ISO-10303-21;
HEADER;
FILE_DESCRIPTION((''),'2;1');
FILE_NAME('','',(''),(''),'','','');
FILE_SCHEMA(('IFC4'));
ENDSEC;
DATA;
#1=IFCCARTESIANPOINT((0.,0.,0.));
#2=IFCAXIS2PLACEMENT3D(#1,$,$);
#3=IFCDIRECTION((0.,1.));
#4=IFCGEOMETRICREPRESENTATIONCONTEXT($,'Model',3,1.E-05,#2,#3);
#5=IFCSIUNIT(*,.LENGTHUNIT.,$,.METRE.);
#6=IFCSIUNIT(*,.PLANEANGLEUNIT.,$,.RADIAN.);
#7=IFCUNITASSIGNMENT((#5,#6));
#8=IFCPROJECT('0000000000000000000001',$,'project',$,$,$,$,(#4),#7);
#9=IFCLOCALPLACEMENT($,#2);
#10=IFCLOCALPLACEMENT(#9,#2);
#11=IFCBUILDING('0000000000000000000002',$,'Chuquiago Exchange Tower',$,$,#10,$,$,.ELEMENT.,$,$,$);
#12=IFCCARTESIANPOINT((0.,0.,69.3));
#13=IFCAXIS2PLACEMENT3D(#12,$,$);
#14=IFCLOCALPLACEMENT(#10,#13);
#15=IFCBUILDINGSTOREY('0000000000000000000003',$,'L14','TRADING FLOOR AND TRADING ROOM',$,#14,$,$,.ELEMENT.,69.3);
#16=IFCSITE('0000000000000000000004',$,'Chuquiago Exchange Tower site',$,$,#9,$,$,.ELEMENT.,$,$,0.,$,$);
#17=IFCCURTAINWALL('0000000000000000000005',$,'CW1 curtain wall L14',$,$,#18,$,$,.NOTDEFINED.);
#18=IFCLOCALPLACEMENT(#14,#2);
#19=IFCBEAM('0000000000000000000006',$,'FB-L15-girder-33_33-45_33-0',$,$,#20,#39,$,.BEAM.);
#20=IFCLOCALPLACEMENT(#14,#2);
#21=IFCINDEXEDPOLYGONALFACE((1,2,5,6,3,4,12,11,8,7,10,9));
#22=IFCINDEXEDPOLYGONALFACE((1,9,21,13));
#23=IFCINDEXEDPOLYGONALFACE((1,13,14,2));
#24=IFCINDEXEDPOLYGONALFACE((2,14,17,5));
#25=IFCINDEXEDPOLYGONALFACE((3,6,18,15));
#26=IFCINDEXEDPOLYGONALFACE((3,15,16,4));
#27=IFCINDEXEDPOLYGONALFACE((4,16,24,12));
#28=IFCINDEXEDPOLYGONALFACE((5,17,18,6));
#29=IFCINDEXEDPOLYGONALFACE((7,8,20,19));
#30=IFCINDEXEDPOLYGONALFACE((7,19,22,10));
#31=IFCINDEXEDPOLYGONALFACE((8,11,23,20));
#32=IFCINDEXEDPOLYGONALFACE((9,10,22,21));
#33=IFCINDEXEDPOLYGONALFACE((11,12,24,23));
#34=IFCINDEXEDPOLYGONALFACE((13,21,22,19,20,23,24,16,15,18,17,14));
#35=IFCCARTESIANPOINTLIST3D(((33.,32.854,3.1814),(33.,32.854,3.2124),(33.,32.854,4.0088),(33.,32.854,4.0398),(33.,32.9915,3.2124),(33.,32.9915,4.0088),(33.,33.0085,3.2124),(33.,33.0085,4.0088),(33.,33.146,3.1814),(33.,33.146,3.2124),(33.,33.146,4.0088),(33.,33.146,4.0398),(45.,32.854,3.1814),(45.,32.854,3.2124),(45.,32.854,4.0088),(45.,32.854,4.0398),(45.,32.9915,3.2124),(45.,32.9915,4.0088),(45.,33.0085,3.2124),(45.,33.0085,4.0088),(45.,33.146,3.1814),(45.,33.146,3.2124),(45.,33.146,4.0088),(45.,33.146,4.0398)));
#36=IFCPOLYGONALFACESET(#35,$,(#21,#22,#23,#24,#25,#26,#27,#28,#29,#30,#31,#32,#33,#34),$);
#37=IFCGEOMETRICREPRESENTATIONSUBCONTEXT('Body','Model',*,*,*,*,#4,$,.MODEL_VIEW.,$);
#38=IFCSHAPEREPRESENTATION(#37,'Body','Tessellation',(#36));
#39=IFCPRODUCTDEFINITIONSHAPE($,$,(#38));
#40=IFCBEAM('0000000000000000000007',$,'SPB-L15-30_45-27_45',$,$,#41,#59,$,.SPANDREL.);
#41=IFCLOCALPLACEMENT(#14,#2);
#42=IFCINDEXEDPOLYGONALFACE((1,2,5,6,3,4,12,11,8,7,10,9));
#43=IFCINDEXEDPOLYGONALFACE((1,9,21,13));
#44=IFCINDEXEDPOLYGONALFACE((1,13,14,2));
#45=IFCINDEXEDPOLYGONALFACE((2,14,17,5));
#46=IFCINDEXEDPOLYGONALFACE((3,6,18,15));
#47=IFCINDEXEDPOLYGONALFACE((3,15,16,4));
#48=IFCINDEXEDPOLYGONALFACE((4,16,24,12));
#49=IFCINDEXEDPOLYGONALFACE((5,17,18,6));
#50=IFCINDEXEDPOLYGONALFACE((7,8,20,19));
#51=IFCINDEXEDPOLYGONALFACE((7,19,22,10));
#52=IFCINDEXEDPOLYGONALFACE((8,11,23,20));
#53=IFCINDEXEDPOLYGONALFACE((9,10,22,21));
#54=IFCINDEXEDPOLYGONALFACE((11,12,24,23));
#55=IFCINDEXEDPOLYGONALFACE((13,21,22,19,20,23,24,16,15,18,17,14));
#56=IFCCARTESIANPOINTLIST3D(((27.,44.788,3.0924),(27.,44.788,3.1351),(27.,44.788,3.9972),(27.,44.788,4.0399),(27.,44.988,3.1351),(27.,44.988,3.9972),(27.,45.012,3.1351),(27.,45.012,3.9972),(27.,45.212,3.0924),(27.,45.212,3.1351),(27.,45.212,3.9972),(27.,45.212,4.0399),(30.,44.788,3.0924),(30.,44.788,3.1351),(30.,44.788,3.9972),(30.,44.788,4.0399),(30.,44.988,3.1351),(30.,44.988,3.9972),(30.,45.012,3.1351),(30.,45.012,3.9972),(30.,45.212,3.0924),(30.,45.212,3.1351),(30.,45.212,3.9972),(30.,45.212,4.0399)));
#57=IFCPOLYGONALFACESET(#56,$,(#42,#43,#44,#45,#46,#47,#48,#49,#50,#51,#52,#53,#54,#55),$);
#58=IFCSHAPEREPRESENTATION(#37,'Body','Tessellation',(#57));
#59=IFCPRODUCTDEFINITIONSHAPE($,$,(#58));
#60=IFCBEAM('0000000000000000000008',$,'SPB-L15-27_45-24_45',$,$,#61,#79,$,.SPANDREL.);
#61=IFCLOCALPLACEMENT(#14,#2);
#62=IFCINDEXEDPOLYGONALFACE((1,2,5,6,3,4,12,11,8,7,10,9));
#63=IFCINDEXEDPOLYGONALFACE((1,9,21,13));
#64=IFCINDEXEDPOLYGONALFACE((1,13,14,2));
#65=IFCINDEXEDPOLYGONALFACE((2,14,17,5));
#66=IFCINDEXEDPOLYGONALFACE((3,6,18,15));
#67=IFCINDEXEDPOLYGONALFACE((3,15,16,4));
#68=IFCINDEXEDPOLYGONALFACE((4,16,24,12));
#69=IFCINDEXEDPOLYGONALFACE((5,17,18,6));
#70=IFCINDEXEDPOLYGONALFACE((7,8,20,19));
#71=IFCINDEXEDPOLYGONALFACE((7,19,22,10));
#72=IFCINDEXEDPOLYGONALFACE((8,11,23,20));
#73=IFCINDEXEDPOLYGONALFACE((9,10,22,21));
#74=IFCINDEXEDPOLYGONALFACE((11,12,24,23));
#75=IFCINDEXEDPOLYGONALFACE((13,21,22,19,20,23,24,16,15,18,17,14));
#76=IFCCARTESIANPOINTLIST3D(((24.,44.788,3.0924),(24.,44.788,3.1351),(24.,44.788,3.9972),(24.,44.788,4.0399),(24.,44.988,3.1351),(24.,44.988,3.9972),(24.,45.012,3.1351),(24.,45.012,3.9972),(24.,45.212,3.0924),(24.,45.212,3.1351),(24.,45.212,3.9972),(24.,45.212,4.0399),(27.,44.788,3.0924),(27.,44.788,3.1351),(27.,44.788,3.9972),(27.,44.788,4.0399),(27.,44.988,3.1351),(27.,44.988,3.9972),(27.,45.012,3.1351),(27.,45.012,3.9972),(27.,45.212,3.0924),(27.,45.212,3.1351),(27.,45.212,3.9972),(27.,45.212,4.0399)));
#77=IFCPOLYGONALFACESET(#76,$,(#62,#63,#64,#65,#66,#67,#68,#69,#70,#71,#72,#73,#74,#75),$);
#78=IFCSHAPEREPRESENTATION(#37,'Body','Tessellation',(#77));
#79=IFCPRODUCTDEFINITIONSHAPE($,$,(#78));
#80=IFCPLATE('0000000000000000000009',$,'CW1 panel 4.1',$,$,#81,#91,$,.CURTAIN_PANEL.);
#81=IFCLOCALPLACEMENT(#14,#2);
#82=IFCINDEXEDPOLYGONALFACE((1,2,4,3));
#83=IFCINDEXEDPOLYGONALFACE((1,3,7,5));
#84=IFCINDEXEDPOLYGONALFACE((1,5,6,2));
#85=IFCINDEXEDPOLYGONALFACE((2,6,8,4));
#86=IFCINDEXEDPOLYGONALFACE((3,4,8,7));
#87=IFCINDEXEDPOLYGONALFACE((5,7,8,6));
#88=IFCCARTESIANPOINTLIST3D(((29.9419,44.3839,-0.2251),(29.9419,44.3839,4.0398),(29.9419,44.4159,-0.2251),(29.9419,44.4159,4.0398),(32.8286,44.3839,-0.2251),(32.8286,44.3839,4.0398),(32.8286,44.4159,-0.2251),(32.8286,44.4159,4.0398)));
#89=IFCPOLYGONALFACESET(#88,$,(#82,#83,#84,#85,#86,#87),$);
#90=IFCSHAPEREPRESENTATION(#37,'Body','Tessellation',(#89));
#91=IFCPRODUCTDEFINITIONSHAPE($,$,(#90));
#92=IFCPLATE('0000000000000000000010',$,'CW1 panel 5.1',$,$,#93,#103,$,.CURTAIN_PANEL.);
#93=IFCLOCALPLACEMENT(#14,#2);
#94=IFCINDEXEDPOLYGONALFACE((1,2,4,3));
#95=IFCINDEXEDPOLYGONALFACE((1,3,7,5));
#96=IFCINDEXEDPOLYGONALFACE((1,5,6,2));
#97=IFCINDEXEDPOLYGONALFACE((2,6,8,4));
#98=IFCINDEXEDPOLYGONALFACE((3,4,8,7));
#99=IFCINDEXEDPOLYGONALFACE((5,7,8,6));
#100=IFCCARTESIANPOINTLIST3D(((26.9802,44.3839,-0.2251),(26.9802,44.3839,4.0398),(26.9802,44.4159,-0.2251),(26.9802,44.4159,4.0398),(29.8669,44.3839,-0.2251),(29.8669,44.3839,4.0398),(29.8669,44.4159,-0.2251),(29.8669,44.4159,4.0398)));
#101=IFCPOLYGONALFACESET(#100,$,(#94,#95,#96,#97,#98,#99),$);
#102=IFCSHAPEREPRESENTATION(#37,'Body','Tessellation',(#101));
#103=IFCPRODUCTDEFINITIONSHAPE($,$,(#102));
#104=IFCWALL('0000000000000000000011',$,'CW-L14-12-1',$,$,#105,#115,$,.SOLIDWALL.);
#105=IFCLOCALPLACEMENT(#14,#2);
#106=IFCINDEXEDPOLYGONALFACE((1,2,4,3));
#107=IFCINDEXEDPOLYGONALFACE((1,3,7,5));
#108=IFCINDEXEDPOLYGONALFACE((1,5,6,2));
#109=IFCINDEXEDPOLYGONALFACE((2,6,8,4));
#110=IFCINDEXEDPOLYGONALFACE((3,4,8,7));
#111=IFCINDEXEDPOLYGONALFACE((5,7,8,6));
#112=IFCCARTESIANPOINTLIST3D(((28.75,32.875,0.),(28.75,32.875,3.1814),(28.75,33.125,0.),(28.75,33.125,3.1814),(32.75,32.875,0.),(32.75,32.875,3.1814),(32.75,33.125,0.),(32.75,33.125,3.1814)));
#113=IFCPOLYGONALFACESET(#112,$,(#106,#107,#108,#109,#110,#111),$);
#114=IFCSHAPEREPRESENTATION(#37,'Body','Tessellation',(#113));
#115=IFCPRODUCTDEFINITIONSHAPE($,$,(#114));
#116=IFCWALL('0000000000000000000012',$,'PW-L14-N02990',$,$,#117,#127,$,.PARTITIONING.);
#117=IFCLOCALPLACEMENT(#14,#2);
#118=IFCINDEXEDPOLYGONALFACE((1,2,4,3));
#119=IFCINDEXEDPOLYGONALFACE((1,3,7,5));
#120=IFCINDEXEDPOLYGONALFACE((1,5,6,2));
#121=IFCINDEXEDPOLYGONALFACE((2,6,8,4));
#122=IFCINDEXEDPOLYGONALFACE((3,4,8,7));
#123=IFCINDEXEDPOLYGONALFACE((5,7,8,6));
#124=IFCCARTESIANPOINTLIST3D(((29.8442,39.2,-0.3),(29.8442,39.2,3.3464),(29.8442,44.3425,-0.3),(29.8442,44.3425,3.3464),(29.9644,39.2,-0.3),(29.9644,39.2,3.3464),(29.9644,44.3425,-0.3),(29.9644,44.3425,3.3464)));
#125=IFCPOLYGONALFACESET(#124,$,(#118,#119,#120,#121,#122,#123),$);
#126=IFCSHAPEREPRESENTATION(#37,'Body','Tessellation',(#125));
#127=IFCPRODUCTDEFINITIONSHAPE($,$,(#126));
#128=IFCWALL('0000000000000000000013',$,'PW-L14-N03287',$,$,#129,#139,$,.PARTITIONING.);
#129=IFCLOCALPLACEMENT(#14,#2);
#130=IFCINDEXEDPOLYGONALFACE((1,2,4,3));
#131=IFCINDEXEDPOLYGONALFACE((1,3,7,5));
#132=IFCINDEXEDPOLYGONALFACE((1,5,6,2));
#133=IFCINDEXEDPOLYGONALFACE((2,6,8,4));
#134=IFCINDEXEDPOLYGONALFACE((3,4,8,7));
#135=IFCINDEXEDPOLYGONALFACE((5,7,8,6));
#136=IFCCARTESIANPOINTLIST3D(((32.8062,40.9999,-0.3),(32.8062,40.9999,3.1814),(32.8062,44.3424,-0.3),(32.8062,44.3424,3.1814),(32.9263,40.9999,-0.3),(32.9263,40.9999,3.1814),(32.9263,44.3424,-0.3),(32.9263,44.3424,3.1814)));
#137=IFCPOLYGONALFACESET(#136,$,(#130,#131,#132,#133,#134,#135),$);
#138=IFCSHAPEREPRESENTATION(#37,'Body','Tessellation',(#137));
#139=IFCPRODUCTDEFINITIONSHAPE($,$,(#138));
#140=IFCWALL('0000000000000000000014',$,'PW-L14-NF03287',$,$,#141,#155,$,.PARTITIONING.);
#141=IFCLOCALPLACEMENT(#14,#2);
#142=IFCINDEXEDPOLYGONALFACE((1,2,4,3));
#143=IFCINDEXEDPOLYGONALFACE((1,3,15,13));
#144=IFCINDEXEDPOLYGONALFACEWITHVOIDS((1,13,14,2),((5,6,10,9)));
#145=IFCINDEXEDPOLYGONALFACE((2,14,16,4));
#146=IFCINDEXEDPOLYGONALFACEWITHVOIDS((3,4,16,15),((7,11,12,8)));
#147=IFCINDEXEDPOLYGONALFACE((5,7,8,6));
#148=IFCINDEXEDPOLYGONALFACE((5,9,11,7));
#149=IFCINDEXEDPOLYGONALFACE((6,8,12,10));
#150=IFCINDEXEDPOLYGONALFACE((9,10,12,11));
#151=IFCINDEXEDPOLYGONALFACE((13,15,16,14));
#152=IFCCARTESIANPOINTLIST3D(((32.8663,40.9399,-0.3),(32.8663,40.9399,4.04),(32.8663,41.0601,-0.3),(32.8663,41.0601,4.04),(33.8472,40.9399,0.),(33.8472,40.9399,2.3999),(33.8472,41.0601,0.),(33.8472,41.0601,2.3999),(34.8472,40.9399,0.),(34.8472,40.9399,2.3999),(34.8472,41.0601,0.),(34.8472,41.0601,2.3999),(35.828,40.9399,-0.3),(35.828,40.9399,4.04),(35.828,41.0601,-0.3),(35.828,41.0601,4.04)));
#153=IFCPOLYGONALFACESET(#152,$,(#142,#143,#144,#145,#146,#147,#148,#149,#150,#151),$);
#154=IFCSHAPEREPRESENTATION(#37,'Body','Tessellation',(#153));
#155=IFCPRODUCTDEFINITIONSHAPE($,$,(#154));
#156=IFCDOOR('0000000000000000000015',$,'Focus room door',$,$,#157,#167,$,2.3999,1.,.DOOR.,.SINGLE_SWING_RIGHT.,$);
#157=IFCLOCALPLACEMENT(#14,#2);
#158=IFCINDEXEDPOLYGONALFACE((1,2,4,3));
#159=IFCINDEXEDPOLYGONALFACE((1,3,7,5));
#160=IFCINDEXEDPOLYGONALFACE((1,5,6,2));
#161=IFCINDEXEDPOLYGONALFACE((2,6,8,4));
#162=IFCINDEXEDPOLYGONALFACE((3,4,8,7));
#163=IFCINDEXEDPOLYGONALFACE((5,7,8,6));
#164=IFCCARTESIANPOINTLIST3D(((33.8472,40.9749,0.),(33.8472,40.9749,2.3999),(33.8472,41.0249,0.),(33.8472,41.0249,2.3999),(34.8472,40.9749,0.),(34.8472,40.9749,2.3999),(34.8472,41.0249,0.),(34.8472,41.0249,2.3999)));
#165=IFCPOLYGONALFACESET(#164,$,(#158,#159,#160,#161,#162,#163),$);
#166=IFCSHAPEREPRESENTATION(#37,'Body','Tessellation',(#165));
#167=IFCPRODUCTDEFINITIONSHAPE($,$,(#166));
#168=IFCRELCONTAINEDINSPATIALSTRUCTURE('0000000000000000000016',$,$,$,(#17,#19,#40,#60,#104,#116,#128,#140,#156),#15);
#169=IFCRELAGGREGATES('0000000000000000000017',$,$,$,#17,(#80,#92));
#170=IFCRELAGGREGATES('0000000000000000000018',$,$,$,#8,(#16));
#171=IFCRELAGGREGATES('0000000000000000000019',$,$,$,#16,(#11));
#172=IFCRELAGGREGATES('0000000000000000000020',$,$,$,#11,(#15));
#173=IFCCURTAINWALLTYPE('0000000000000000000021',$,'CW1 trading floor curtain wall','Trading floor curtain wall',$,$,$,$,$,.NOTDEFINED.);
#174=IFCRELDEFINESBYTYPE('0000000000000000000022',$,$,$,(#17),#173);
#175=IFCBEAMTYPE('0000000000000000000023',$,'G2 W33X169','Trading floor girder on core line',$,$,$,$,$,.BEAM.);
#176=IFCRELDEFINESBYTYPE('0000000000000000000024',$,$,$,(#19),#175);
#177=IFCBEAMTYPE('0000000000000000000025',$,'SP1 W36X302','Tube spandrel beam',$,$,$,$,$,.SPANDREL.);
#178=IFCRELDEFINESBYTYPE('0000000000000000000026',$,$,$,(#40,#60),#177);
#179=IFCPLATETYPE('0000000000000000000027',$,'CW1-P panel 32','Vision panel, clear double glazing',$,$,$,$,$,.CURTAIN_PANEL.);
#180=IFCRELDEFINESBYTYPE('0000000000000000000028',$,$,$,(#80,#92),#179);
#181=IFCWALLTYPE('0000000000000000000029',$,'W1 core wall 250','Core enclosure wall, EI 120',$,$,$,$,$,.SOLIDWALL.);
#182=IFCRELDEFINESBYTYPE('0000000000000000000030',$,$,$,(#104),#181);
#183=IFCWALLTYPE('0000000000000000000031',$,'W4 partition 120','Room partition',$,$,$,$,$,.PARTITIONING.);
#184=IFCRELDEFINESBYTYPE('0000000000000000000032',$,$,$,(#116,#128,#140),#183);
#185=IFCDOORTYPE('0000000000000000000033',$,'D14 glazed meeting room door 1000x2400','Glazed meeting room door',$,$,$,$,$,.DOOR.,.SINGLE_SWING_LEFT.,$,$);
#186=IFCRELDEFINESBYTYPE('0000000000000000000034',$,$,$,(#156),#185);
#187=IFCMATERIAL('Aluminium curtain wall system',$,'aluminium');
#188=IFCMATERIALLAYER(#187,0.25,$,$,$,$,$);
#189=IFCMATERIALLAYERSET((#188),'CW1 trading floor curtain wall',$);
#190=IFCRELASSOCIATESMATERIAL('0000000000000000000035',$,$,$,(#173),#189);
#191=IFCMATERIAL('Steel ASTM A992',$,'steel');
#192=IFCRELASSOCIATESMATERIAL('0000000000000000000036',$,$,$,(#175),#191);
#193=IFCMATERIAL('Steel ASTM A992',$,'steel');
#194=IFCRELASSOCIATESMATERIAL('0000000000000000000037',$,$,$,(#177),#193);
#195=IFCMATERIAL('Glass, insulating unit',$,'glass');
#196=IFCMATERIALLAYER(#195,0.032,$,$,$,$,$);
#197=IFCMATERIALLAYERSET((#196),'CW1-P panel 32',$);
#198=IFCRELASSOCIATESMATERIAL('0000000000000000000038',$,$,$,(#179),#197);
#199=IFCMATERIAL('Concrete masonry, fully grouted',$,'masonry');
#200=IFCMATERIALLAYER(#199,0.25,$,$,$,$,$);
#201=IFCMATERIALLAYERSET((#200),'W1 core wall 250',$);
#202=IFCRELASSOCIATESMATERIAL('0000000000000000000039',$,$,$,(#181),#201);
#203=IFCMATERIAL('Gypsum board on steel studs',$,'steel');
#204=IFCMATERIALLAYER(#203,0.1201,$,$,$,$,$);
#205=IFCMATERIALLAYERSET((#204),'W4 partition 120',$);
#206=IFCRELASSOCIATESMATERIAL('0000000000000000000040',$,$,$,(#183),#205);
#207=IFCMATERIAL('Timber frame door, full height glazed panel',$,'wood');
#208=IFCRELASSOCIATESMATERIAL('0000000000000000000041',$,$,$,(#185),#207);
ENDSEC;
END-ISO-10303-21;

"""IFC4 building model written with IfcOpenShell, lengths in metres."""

from ifc_helpers import new_model, si_unit, direction, frame, frame_2d, origin, origin_2d, place, context, subcontext, project, spatial, rectangle, i_section, extrude, material, layer, layer_set, material_profile, profile_set, type_object, element, fill, aggregate, save


model = new_model("IFC4")

# Units and contexts
model_context = context("Model", 3, precision=1e-05, world=origin(), true_north=direction((0.0, 1.0)))
body_context = subcontext(model_context, "Body", "Model", "MODEL_VIEW")
ifc_project = project(units=[si_unit("LENGTHUNIT", "METRE"), si_unit("PLANEANGLEUNIT", "RADIAN")], contexts=[model_context])

# Site, building, storey
site_placement = place(None, origin())
site = spatial("IfcSite", under=ifc_project, at=site_placement, Name="Chuquiago Exchange Tower site", CompositionType="ELEMENT", RefElevation=0.0)
building_placement = place(site_placement, origin())
building = spatial("IfcBuilding", under=site, at=building_placement, Name="Chuquiago Exchange Tower", CompositionType="ELEMENT")
storey_placement = place(building_placement, frame((0.0, 0.0, 69.3)))
storey = spatial("IfcBuildingStorey", under=building, at=storey_placement, Name="L14", Description="TRADING FLOOR AND TRADING ROOM", CompositionType="ELEMENT", Elevation=69.3)

# Curtain wall
ifc_material_1 = material(Name="Aluminium curtain wall system", Category="aluminium")
ifc_layer_1 = layer(ifc_material_1, 0.25)
ifc_layer_set_1 = layer_set([ifc_layer_1], Name="CW1 trading floor curtain wall")
curtain_wall_type = type_object("IfcCurtainWallType", Name="CW1 trading floor curtain wall", Description="Trading floor curtain wall", PredefinedType="NOTDEFINED", material=ifc_layer_set_1)
curtain_wall_placement = place(storey_placement, origin())
curtain_wall = element("IfcCurtainWall", 1, at=curtain_wall_placement, inside=storey, type_object=curtain_wall_type, Name="CW1 curtain wall L14", PredefinedType="NOTDEFINED")

# Beams
ifc_material_2 = material(Name="Steel ASTM A992", Category="steel")
ifc_material_profile_1 = material_profile(ifc_material_2, i_section(OverallWidth=0.292, OverallDepth=0.8584, WebThickness=0.0171, FlangeThickness=0.031, at=origin_2d()), Name="W33X169")
ifc_profile_set_1 = profile_set([ifc_material_profile_1], Name="Steel ASTM A992")
beam_type_1 = type_object("IfcBeamType", Name="G2 W33X169", Description="Trading floor girder on core line", PredefinedType="BEAM", material=ifc_profile_set_1)
for number, where, z_axis, x_axis, name in (
    (2, (33.0, 33.0, 3.6106), (1.0, 0.0, 0.0), (0.0, 1.0, 0.0), "FB-L15-girder-33_33-45_33-0"),
):
    element("IfcBeam", number, at=place(storey_placement, frame(where, z_axis=z_axis, x_axis=x_axis)), inside=storey, type_object=beam_type_1, Name=name, PredefinedType="BEAM", context=body_context, shape_type="SweptSolid", body=[
        extrude(i_section(OverallWidth=0.292, OverallDepth=0.8584, WebThickness=0.0171, FlangeThickness=0.031, at=origin_2d()), origin(), (0.0, 0.0, 1.0), 12.0),
    ])
ifc_material_3 = material(Name="Steel ASTM A992", Category="steel")
ifc_material_profile_2 = material_profile(ifc_material_3, i_section(OverallWidth=0.4241, OverallDepth=0.9475, WebThickness=0.0239, FlangeThickness=0.0427, at=origin_2d()), Name="W36X302")
ifc_profile_set_2 = profile_set([ifc_material_profile_2], Name="Steel ASTM A992")
beam_type_2 = type_object("IfcBeamType", Name="SP1 W36X302", Description="Tube spandrel beam", PredefinedType="SPANDREL", material=ifc_profile_set_2)
for number, where, z_axis, x_axis, name in (
    (3, (30.0, 45.0, 3.5662), (-1.0, 0.0, 0.0), (0.0, -1.0, 0.0), "SPB-L15-30_45-27_45"),
    (4, (27.0, 45.0, 3.5662), (-1.0, 0.0, 0.0), (0.0, -1.0, 0.0), "SPB-L15-27_45-24_45"),
):
    element("IfcBeam", number, at=place(storey_placement, frame(where, z_axis=z_axis, x_axis=x_axis)), inside=storey, type_object=beam_type_2, Name=name, PredefinedType="SPANDREL", context=body_context, shape_type="SweptSolid", body=[
        extrude(i_section(OverallWidth=0.4241, OverallDepth=0.9475, WebThickness=0.0239, FlangeThickness=0.0427, at=origin_2d()), origin(), (0.0, 0.0, 1.0), 3.0),
    ])

# Plates
ifc_material_4 = material(Name="Glass, insulating unit", Category="glass")
ifc_layer_2 = layer(ifc_material_4, 0.032)
ifc_layer_set_2 = layer_set([ifc_layer_2], Name="CW1-P panel 32")
plate_type = type_object("IfcPlateType", Name="CW1-P panel 32", Description="Vision panel, clear double glazing", PredefinedType="CURTAIN_PANEL", material=ifc_layer_set_2)
plate_1_placement = place(storey_placement, frame((31.3853, 44.3999, -0.2251), z_axis=(0.0, 0.0, 1.0), x_axis=(-1.0, 0.0, 0.0)))
plate_1 = element("IfcPlate", 5, at=plate_1_placement, type_object=plate_type, Name="CW1 panel 4.1", PredefinedType="CURTAIN_PANEL", context=body_context, shape_type="SweptSolid", body=[
    extrude(rectangle(XDim=2.8867, YDim=0.032, at=origin_2d()), origin(), (0.0, 0.0, 1.0), 4.2649),
])
plate_2_placement = place(storey_placement, frame((28.4236, 44.3999, -0.2251), z_axis=(0.0, 0.0, 1.0), x_axis=(-1.0, 0.0, 0.0)))
plate_2 = element("IfcPlate", 6, at=plate_2_placement, type_object=plate_type, Name="CW1 panel 5.1", PredefinedType="CURTAIN_PANEL", context=body_context, shape_type="SweptSolid", body=[
    extrude(rectangle(XDim=2.8867, YDim=0.032, at=origin_2d()), origin(), (0.0, 0.0, 1.0), 4.2649),
])
aggregate(curtain_wall, [plate_1, plate_2])

# Walls
ifc_material_5 = material(Name="Concrete masonry, fully grouted", Category="masonry")
ifc_layer_3 = layer(ifc_material_5, 0.25)
ifc_layer_set_3 = layer_set([ifc_layer_3], Name="W1 core wall 250")
wall_type_1 = type_object("IfcWallType", Name="W1 core wall 250", Description="Core enclosure wall, EI 120", PredefinedType="SOLIDWALL", material=ifc_layer_set_3)
wall_1_placement = place(storey_placement, frame((28.75, 33.0, 0.0), z_axis=(0.0, 0.0, 1.0), x_axis=(1.0, 0.0, 0.0)))
element("IfcWall", 7, at=wall_1_placement, inside=storey, type_object=wall_type_1, Name="CW-L14-12-1", PredefinedType="SOLIDWALL", context=body_context, shape_type="SweptSolid", body=[
    extrude(rectangle(XDim=4.0, YDim=0.25, at=frame_2d((2.0, 0.0))), origin(), (0.0, 0.0, 1.0), 3.1814),
])
ifc_material_6 = material(Name="Gypsum board on steel studs", Category="steel")
ifc_layer_4 = layer(ifc_material_6, 0.1201)
ifc_layer_set_4 = layer_set([ifc_layer_4], Name="W4 partition 120")
wall_type_2 = type_object("IfcWallType", Name="W4 partition 120", Description="Room partition", PredefinedType="PARTITIONING", material=ifc_layer_set_4)
wall_2_placement = place(storey_placement, frame((29.9043, 44.3425, -0.3), z_axis=(0.0, 0.0, 1.0), x_axis=(0.0, -1.0, 0.0)))
element("IfcWall", 8, at=wall_2_placement, inside=storey, type_object=wall_type_2, Name="PW-L14-N02990", PredefinedType="PARTITIONING", context=body_context, shape_type="SweptSolid", body=[
    extrude(rectangle(XDim=5.1426, YDim=0.1201, at=frame_2d((2.5713, 0.0))), origin(), (0.0, 0.0, 1.0), 3.6465),
])
wall_3_placement = place(storey_placement, frame((32.8662, 44.3425, -0.3), z_axis=(0.0, 0.0, 1.0), x_axis=(0.0, -1.0, 0.0)))
element("IfcWall", 9, at=wall_3_placement, inside=storey, type_object=wall_type_2, Name="PW-L14-N03287", PredefinedType="PARTITIONING", context=body_context, shape_type="SweptSolid", body=[
    extrude(rectangle(XDim=3.3425, YDim=0.1201, at=frame_2d((1.6714, 0.0))), origin(), (0.0, 0.0, 1.0), 3.4814),
])

# Wall, opening, door
wall_4_placement = place(storey_placement, frame((32.8662, 41.0, -0.3), z_axis=(0.0, 0.0, 1.0), x_axis=(1.0, 0.0, 0.0)))
wall_4 = element("IfcWall", 10, at=wall_4_placement, inside=storey, type_object=wall_type_2, Name="PW-L14-NF03287", PredefinedType="PARTITIONING", context=body_context, shape_type="SweptSolid", body=[
    extrude(rectangle(XDim=2.9617, YDim=0.1201, at=frame_2d((1.481, 0.0))), origin(), (0.0, 0.0, 1.0), 4.3401),
])
opening_placement = place(wall_4_placement, frame((0.981, 0.0, 0.3)))
opening = element("IfcOpeningElement", 11, at=opening_placement, cuts=wall_4, PredefinedType="OPENING", context=body_context, shape_type="SweptSolid", body=[
    extrude(rectangle(XDim=1.0, YDim=2.3999, at=frame_2d((0.5, 1.2))), frame((0.0, 0.0701, 0.0), z_axis=(0.0, -1.0, 0.0), x_axis=(1.0, 0.0, 0.0)), (0.0, 0.0, 1.0), 0.1401),
])
ifc_material_7 = material(Name="Timber frame door, full height glazed panel", Category="wood")
door_type = type_object("IfcDoorType", Name="D14 glazed meeting room door 1000x2400", Description="Glazed meeting room door", OperationType="SINGLE_SWING_LEFT", PredefinedType="DOOR", material=ifc_material_7)
door_placement = place(opening_placement, origin())
door = element("IfcDoor", 12, at=door_placement, inside=storey, type_object=door_type, Name="Focus room door", OperationType="SINGLE_SWING_RIGHT", OverallHeight=2.3999, OverallWidth=1.0, PredefinedType="DOOR", context=body_context, shape_type="SweptSolid", body=[
    extrude(rectangle(XDim=1.0, YDim=2.3999, at=frame_2d((0.5, 1.2))), frame((0.0, 0.0249, 0.0), z_axis=(0.0, -1.0, 0.0), x_axis=(1.0, 0.0, 0.0)), (0.0, 0.0, 1.0), 0.05),
])
fill(opening, door)

save(model, "model.ifc")
